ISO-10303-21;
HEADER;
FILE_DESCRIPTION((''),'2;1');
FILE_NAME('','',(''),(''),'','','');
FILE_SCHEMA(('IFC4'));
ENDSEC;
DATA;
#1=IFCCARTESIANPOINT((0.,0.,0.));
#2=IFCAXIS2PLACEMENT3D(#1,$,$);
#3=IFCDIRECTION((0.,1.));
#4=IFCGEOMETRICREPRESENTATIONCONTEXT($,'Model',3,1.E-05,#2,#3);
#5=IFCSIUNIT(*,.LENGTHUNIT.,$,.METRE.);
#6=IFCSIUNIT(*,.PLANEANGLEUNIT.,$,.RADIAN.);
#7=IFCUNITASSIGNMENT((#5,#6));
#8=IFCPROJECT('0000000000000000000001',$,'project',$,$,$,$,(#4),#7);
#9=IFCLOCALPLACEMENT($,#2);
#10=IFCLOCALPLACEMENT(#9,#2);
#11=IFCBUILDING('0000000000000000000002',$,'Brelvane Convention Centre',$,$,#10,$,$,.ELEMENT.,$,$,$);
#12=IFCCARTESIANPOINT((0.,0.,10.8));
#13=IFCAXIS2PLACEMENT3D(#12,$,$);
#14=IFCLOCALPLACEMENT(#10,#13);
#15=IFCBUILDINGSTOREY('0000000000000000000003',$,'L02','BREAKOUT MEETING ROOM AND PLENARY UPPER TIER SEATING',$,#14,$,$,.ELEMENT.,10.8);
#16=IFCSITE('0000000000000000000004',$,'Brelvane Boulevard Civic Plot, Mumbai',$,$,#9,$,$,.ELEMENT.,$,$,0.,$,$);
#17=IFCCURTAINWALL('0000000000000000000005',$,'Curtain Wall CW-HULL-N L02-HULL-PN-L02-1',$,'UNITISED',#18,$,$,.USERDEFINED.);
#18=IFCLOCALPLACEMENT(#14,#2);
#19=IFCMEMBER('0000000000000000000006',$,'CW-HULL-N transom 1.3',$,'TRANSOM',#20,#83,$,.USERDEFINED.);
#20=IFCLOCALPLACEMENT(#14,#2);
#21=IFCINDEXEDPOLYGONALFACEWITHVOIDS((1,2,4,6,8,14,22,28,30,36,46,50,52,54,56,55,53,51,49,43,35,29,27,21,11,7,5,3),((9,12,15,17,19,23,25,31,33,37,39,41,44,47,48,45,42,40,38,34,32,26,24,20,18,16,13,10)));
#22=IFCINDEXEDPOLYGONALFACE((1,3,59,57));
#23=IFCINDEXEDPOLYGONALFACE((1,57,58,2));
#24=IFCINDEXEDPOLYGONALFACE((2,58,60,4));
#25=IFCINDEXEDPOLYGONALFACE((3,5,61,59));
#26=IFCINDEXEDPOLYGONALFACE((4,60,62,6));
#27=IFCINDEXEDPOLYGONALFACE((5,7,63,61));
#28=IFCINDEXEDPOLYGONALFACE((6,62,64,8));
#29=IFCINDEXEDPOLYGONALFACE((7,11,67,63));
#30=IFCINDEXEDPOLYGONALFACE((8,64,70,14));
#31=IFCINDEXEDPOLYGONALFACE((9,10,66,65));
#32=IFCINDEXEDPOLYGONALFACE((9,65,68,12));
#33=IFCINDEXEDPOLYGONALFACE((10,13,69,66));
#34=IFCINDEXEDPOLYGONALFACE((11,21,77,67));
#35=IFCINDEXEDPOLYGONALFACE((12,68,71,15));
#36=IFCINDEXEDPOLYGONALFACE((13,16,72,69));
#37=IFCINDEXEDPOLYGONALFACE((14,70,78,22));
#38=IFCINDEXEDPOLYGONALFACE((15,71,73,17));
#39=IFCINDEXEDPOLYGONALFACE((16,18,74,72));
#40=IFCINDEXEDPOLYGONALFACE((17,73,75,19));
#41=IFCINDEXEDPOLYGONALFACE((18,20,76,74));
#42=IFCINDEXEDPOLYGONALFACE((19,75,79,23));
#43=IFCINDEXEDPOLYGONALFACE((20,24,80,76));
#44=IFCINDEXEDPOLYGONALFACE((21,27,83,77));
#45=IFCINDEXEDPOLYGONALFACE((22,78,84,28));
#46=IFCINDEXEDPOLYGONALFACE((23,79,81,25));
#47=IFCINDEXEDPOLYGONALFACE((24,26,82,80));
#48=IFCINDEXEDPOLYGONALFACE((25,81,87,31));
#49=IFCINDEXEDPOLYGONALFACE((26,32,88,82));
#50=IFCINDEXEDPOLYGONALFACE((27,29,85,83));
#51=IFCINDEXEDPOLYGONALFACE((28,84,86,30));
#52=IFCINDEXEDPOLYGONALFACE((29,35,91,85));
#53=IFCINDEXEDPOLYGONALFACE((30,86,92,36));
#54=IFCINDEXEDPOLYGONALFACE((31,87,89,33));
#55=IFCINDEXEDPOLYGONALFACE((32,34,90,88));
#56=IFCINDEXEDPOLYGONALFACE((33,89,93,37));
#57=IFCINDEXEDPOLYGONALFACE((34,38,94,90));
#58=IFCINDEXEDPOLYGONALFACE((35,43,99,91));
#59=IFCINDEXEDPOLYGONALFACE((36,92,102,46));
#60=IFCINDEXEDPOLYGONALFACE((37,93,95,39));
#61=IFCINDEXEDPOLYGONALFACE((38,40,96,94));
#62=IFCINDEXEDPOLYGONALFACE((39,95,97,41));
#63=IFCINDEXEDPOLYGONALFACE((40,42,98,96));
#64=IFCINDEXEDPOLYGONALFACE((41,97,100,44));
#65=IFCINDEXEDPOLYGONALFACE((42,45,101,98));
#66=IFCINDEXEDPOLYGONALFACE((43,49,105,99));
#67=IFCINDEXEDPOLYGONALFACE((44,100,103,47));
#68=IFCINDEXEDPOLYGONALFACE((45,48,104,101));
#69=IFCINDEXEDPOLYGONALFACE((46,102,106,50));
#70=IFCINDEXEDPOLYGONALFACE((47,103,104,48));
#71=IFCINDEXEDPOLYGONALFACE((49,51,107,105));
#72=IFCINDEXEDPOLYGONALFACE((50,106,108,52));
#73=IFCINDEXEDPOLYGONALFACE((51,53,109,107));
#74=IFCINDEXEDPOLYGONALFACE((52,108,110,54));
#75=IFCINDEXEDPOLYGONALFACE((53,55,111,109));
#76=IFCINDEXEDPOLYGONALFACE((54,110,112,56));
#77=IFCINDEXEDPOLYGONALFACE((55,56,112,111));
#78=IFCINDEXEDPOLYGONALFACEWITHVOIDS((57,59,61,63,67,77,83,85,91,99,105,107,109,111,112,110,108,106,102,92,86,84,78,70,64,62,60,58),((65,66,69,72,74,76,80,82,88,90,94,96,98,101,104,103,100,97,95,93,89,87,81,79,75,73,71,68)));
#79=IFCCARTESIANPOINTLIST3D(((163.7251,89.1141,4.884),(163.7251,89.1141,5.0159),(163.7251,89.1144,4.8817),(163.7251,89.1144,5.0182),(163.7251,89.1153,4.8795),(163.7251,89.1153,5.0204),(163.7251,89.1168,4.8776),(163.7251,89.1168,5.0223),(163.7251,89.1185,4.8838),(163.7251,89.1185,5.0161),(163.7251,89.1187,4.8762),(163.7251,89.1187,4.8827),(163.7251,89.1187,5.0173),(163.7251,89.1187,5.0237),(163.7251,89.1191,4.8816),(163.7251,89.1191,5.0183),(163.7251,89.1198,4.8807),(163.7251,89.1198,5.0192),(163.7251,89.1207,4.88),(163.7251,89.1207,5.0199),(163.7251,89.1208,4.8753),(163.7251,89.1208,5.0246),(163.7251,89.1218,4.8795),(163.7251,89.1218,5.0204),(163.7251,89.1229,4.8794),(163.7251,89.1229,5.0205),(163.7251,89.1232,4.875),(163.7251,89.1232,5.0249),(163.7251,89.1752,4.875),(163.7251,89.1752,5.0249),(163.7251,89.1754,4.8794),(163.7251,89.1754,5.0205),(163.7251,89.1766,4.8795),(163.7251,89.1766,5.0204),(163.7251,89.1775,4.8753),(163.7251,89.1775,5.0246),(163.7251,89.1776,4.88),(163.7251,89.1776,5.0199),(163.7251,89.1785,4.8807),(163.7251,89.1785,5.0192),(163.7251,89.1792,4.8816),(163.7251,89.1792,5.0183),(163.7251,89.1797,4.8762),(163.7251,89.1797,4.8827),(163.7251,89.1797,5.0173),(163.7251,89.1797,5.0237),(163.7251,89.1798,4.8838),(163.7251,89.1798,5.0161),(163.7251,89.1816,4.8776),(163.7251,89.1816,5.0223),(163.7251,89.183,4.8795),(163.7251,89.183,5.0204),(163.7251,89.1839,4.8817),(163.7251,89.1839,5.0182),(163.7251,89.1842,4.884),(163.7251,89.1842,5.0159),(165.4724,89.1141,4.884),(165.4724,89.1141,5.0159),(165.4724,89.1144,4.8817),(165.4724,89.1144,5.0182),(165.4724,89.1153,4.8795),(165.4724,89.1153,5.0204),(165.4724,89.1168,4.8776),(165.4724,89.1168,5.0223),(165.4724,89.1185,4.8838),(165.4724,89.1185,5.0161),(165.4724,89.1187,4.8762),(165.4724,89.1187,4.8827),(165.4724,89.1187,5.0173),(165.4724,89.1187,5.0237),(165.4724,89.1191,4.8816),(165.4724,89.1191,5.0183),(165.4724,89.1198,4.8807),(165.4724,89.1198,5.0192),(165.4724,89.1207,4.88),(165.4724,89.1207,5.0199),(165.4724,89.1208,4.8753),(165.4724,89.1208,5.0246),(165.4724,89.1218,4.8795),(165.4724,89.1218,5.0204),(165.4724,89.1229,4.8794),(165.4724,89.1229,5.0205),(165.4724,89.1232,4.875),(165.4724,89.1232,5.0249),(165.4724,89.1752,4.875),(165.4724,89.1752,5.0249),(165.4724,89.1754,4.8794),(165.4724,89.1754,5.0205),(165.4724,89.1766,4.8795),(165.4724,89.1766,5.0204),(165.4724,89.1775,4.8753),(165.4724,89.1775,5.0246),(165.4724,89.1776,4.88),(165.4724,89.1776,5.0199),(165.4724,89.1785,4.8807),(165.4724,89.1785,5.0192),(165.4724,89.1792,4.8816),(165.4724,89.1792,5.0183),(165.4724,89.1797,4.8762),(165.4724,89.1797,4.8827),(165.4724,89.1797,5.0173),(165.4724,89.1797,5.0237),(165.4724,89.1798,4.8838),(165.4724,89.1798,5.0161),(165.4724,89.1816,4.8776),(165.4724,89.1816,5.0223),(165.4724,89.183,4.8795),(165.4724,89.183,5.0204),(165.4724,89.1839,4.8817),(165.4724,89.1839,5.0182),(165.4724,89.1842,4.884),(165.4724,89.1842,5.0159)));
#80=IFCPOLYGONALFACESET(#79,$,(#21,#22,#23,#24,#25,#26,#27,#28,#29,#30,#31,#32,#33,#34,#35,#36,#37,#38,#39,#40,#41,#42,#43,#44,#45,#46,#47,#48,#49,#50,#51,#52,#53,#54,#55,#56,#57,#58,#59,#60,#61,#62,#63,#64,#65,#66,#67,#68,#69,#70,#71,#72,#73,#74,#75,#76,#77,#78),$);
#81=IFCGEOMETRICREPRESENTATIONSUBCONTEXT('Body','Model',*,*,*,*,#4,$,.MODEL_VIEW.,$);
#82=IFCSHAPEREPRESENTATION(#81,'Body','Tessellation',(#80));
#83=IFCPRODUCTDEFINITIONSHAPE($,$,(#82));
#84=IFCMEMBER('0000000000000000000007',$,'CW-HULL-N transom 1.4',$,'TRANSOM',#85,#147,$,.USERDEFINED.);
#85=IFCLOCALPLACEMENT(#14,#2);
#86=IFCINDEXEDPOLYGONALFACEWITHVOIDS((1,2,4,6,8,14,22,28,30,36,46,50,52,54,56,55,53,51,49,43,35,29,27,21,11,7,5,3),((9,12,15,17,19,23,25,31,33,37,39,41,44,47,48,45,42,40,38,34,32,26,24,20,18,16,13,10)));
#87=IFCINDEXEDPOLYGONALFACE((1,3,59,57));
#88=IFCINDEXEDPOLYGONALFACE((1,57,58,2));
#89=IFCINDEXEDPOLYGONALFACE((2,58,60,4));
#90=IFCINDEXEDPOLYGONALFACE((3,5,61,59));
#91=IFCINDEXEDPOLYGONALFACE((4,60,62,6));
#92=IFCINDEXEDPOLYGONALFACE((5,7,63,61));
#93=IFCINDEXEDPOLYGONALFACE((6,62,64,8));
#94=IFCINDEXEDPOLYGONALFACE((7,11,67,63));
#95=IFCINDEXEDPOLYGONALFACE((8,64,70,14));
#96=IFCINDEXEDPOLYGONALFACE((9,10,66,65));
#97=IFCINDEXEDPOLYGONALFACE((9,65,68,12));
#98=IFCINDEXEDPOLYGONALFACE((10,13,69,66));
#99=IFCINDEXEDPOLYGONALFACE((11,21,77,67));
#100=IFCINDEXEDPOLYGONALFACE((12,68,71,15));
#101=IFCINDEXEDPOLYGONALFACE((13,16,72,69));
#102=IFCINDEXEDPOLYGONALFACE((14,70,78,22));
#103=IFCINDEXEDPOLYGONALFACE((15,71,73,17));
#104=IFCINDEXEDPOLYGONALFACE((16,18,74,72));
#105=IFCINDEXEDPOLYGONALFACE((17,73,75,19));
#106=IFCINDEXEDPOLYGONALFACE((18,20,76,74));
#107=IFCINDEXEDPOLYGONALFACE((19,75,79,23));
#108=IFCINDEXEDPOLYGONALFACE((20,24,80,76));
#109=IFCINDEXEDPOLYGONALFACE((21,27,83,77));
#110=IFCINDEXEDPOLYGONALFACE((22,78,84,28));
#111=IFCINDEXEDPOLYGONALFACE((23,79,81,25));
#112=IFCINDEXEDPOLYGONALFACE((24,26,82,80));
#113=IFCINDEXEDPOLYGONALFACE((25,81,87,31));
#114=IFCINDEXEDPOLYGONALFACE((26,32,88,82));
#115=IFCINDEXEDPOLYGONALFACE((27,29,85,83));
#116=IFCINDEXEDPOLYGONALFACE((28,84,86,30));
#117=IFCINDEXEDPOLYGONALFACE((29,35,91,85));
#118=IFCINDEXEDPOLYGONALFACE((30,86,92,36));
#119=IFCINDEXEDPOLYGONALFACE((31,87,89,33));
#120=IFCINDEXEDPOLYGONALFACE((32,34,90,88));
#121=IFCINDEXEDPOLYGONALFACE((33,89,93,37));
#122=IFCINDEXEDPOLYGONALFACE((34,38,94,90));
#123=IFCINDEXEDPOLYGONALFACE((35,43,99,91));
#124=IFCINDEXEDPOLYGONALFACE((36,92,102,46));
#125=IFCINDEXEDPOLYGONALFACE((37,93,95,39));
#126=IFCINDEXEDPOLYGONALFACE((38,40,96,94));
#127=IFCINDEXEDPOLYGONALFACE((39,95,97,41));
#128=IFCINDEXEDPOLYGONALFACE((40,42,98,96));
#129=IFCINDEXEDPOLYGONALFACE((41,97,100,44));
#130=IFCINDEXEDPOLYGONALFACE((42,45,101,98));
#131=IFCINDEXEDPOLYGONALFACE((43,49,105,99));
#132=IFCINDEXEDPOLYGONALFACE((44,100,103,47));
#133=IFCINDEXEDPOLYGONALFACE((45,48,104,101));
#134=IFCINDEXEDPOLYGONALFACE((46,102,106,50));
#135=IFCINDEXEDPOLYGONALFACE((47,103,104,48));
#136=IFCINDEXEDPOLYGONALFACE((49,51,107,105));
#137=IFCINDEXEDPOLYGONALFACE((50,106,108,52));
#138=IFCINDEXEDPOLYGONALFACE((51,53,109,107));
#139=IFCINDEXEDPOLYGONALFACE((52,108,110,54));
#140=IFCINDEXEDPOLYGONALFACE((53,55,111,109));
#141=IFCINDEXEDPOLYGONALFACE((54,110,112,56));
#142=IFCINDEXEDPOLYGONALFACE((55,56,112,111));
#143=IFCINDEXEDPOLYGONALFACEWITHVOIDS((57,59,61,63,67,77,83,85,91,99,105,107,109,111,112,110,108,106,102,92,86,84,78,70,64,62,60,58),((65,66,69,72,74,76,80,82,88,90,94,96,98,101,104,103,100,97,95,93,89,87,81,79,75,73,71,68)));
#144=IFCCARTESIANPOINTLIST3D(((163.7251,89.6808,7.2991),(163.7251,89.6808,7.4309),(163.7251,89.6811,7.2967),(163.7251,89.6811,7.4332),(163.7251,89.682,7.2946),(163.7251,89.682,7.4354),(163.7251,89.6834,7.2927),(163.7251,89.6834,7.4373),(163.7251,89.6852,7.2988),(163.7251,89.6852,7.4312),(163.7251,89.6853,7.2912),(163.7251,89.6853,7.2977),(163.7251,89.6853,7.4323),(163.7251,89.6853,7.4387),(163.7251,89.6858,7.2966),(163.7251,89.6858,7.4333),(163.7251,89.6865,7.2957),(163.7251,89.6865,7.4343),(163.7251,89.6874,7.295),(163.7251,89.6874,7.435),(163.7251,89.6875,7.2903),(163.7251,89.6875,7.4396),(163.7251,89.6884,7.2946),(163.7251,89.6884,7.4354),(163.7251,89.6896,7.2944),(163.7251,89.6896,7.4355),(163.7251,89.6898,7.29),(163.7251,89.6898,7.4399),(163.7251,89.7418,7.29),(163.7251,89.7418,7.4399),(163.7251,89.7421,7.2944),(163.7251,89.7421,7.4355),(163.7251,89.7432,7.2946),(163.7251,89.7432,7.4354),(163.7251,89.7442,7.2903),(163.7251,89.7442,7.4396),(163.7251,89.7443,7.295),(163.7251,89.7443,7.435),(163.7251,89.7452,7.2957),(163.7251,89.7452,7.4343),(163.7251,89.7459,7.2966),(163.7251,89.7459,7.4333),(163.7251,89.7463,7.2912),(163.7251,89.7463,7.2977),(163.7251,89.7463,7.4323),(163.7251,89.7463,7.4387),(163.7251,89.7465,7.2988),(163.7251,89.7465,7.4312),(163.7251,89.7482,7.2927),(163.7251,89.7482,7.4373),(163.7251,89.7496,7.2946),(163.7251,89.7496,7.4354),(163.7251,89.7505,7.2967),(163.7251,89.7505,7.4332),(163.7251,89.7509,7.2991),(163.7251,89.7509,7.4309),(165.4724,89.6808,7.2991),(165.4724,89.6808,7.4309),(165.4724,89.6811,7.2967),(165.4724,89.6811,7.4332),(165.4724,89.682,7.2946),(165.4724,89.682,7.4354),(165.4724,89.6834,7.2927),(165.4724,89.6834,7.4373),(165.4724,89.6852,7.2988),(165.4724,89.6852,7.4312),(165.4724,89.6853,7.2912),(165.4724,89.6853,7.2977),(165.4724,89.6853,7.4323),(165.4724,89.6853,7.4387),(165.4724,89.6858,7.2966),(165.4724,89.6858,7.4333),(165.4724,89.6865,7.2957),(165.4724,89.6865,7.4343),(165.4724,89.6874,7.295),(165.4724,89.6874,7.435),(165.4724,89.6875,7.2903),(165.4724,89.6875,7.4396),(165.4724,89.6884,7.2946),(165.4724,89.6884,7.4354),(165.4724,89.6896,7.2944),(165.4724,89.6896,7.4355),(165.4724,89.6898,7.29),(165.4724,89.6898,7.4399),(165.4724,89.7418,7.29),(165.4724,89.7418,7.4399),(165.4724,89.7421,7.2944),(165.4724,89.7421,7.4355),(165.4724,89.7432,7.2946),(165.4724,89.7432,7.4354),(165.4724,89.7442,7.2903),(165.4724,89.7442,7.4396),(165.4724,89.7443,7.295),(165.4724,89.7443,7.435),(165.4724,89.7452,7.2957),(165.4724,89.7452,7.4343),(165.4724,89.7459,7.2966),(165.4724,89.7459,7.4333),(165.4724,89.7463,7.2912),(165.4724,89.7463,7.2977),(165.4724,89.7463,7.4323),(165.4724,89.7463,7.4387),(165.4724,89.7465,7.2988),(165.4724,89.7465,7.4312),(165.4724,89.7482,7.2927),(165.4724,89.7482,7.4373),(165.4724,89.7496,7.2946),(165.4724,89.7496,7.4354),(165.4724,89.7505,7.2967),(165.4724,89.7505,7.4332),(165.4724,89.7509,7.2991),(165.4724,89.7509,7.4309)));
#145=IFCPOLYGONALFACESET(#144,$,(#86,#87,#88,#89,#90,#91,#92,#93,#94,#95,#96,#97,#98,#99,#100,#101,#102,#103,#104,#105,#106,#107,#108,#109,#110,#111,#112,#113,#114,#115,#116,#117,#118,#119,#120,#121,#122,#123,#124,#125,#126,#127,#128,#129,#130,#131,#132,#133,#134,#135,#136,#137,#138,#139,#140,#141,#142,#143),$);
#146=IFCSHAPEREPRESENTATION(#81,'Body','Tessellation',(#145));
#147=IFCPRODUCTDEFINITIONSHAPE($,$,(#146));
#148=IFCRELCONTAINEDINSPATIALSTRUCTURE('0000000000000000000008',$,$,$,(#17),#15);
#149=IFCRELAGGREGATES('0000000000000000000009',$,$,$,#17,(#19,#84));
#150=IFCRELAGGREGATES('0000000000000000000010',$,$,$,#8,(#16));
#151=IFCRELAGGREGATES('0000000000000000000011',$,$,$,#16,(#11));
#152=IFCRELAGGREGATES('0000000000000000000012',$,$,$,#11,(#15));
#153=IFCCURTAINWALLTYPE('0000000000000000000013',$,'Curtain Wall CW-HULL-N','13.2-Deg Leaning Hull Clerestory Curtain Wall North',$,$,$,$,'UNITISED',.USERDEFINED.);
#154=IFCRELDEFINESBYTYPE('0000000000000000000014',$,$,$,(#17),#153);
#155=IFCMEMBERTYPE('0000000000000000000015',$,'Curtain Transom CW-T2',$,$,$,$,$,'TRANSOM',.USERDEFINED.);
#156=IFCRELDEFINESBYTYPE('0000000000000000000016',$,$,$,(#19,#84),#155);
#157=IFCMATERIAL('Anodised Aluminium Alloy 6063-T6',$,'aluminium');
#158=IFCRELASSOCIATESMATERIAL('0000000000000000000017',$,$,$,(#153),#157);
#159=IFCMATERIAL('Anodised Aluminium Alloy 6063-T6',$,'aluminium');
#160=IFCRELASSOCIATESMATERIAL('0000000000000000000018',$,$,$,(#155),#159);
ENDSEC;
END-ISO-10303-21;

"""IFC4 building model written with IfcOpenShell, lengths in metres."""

from ifc_helpers import new_model, si_unit, direction, frame, origin, origin_2d, place, context, subcontext, project, spatial, hollow_rectangle, extrude, material, material_profile, profile_set, type_object, element, aggregate, save


model = new_model("IFC4")

# Units and contexts
model_context = context("Model", 3, precision=1e-05, world=origin(), true_north=direction((0.0, 1.0)))
body_context = subcontext(model_context, "Body", "Model", "MODEL_VIEW")
ifc_project = project(units=[si_unit("LENGTHUNIT", "METRE"), si_unit("PLANEANGLEUNIT", "RADIAN")], contexts=[model_context])

# Site, building, storey
site_placement = place(None, origin())
site = spatial("IfcSite", under=ifc_project, at=site_placement, Name="Brelvane Boulevard Civic Plot, Mumbai", CompositionType="ELEMENT", RefElevation=0.0)
building_placement = place(site_placement, origin())
building = spatial("IfcBuilding", under=site, at=building_placement, Name="Brelvane Convention Centre", CompositionType="ELEMENT")
storey_placement = place(building_placement, frame((0.0, 0.0, 10.8)))
storey = spatial("IfcBuildingStorey", under=building, at=storey_placement, Name="L02", Description="BREAKOUT MEETING ROOM AND PLENARY UPPER TIER SEATING", CompositionType="ELEMENT", Elevation=10.8)

# Curtain wall, members
ifc_material_1 = material(Name="Anodised Aluminium Alloy 6063-T6", Category="aluminium")
curtain_wall_type = type_object("IfcCurtainWallType", Name="Curtain Wall CW-HULL-N", Description="13.2-Deg Leaning Hull Clerestory Curtain Wall North", ElementType="UNITISED", PredefinedType="USERDEFINED", material=ifc_material_1)
curtain_wall_1_placement = place(storey_placement, origin())
curtain_wall_1 = element("IfcCurtainWall", 1, at=curtain_wall_1_placement, inside=storey, type_object=curtain_wall_type, Name="Curtain Wall CW-HULL-N L02-HULL-PN-L02-1", ObjectType="UNITISED", PredefinedType="USERDEFINED")
ifc_material_2 = material(Name="Anodised Aluminium Alloy 6063-T6", Category="aluminium")
ifc_material_profile = material_profile(ifc_material_2, hollow_rectangle(XDim=0.0701, YDim=0.1499, WallThickness=0.0044, InnerFilletRadius=0.0044, OuterFilletRadius=0.009, at=origin_2d()), Name="ALU-T 150x70x4.5")
ifc_profile_set = profile_set([ifc_material_profile], Name="Anodised Aluminium Alloy 6063-T6")
member_type = type_object("IfcMemberType", Name="Curtain Transom CW-T2", ElementType="TRANSOM", PredefinedType="USERDEFINED", material=ifc_profile_set)
member_1_placement = place(storey_placement, frame((163.7251, 89.1492, 4.95), z_axis=(1.0, 0.0, 0.0), x_axis=(0.0, 1.0, 0.0)))
member_1 = element("IfcMember", 2, at=member_1_placement, type_object=member_type, Name="CW-HULL-N transom 1.3", ObjectType="TRANSOM", PredefinedType="USERDEFINED", context=body_context, shape_type="SweptSolid", body=[
    extrude(hollow_rectangle(XDim=0.0701, YDim=0.1499, WallThickness=0.0044, InnerFilletRadius=0.0044, OuterFilletRadius=0.009, at=origin_2d()), origin(), (0.0, 0.0, 1.0), 1.7473),
])
member_2_placement = place(storey_placement, frame((163.7251, 89.7158, 7.365), z_axis=(1.0, 0.0, 0.0), x_axis=(0.0, 1.0, 0.0)))
member_2 = element("IfcMember", 3, at=member_2_placement, type_object=member_type, Name="CW-HULL-N transom 1.4", ObjectType="TRANSOM", PredefinedType="USERDEFINED", context=body_context, shape_type="SweptSolid", body=[
    extrude(hollow_rectangle(XDim=0.0701, YDim=0.1499, WallThickness=0.0044, InnerFilletRadius=0.0044, OuterFilletRadius=0.009, at=origin_2d()), origin(), (0.0, 0.0, 1.0), 1.7473),
])

aggregate(curtain_wall_1, [member_1, member_2])

save(model, "model.ifc")
